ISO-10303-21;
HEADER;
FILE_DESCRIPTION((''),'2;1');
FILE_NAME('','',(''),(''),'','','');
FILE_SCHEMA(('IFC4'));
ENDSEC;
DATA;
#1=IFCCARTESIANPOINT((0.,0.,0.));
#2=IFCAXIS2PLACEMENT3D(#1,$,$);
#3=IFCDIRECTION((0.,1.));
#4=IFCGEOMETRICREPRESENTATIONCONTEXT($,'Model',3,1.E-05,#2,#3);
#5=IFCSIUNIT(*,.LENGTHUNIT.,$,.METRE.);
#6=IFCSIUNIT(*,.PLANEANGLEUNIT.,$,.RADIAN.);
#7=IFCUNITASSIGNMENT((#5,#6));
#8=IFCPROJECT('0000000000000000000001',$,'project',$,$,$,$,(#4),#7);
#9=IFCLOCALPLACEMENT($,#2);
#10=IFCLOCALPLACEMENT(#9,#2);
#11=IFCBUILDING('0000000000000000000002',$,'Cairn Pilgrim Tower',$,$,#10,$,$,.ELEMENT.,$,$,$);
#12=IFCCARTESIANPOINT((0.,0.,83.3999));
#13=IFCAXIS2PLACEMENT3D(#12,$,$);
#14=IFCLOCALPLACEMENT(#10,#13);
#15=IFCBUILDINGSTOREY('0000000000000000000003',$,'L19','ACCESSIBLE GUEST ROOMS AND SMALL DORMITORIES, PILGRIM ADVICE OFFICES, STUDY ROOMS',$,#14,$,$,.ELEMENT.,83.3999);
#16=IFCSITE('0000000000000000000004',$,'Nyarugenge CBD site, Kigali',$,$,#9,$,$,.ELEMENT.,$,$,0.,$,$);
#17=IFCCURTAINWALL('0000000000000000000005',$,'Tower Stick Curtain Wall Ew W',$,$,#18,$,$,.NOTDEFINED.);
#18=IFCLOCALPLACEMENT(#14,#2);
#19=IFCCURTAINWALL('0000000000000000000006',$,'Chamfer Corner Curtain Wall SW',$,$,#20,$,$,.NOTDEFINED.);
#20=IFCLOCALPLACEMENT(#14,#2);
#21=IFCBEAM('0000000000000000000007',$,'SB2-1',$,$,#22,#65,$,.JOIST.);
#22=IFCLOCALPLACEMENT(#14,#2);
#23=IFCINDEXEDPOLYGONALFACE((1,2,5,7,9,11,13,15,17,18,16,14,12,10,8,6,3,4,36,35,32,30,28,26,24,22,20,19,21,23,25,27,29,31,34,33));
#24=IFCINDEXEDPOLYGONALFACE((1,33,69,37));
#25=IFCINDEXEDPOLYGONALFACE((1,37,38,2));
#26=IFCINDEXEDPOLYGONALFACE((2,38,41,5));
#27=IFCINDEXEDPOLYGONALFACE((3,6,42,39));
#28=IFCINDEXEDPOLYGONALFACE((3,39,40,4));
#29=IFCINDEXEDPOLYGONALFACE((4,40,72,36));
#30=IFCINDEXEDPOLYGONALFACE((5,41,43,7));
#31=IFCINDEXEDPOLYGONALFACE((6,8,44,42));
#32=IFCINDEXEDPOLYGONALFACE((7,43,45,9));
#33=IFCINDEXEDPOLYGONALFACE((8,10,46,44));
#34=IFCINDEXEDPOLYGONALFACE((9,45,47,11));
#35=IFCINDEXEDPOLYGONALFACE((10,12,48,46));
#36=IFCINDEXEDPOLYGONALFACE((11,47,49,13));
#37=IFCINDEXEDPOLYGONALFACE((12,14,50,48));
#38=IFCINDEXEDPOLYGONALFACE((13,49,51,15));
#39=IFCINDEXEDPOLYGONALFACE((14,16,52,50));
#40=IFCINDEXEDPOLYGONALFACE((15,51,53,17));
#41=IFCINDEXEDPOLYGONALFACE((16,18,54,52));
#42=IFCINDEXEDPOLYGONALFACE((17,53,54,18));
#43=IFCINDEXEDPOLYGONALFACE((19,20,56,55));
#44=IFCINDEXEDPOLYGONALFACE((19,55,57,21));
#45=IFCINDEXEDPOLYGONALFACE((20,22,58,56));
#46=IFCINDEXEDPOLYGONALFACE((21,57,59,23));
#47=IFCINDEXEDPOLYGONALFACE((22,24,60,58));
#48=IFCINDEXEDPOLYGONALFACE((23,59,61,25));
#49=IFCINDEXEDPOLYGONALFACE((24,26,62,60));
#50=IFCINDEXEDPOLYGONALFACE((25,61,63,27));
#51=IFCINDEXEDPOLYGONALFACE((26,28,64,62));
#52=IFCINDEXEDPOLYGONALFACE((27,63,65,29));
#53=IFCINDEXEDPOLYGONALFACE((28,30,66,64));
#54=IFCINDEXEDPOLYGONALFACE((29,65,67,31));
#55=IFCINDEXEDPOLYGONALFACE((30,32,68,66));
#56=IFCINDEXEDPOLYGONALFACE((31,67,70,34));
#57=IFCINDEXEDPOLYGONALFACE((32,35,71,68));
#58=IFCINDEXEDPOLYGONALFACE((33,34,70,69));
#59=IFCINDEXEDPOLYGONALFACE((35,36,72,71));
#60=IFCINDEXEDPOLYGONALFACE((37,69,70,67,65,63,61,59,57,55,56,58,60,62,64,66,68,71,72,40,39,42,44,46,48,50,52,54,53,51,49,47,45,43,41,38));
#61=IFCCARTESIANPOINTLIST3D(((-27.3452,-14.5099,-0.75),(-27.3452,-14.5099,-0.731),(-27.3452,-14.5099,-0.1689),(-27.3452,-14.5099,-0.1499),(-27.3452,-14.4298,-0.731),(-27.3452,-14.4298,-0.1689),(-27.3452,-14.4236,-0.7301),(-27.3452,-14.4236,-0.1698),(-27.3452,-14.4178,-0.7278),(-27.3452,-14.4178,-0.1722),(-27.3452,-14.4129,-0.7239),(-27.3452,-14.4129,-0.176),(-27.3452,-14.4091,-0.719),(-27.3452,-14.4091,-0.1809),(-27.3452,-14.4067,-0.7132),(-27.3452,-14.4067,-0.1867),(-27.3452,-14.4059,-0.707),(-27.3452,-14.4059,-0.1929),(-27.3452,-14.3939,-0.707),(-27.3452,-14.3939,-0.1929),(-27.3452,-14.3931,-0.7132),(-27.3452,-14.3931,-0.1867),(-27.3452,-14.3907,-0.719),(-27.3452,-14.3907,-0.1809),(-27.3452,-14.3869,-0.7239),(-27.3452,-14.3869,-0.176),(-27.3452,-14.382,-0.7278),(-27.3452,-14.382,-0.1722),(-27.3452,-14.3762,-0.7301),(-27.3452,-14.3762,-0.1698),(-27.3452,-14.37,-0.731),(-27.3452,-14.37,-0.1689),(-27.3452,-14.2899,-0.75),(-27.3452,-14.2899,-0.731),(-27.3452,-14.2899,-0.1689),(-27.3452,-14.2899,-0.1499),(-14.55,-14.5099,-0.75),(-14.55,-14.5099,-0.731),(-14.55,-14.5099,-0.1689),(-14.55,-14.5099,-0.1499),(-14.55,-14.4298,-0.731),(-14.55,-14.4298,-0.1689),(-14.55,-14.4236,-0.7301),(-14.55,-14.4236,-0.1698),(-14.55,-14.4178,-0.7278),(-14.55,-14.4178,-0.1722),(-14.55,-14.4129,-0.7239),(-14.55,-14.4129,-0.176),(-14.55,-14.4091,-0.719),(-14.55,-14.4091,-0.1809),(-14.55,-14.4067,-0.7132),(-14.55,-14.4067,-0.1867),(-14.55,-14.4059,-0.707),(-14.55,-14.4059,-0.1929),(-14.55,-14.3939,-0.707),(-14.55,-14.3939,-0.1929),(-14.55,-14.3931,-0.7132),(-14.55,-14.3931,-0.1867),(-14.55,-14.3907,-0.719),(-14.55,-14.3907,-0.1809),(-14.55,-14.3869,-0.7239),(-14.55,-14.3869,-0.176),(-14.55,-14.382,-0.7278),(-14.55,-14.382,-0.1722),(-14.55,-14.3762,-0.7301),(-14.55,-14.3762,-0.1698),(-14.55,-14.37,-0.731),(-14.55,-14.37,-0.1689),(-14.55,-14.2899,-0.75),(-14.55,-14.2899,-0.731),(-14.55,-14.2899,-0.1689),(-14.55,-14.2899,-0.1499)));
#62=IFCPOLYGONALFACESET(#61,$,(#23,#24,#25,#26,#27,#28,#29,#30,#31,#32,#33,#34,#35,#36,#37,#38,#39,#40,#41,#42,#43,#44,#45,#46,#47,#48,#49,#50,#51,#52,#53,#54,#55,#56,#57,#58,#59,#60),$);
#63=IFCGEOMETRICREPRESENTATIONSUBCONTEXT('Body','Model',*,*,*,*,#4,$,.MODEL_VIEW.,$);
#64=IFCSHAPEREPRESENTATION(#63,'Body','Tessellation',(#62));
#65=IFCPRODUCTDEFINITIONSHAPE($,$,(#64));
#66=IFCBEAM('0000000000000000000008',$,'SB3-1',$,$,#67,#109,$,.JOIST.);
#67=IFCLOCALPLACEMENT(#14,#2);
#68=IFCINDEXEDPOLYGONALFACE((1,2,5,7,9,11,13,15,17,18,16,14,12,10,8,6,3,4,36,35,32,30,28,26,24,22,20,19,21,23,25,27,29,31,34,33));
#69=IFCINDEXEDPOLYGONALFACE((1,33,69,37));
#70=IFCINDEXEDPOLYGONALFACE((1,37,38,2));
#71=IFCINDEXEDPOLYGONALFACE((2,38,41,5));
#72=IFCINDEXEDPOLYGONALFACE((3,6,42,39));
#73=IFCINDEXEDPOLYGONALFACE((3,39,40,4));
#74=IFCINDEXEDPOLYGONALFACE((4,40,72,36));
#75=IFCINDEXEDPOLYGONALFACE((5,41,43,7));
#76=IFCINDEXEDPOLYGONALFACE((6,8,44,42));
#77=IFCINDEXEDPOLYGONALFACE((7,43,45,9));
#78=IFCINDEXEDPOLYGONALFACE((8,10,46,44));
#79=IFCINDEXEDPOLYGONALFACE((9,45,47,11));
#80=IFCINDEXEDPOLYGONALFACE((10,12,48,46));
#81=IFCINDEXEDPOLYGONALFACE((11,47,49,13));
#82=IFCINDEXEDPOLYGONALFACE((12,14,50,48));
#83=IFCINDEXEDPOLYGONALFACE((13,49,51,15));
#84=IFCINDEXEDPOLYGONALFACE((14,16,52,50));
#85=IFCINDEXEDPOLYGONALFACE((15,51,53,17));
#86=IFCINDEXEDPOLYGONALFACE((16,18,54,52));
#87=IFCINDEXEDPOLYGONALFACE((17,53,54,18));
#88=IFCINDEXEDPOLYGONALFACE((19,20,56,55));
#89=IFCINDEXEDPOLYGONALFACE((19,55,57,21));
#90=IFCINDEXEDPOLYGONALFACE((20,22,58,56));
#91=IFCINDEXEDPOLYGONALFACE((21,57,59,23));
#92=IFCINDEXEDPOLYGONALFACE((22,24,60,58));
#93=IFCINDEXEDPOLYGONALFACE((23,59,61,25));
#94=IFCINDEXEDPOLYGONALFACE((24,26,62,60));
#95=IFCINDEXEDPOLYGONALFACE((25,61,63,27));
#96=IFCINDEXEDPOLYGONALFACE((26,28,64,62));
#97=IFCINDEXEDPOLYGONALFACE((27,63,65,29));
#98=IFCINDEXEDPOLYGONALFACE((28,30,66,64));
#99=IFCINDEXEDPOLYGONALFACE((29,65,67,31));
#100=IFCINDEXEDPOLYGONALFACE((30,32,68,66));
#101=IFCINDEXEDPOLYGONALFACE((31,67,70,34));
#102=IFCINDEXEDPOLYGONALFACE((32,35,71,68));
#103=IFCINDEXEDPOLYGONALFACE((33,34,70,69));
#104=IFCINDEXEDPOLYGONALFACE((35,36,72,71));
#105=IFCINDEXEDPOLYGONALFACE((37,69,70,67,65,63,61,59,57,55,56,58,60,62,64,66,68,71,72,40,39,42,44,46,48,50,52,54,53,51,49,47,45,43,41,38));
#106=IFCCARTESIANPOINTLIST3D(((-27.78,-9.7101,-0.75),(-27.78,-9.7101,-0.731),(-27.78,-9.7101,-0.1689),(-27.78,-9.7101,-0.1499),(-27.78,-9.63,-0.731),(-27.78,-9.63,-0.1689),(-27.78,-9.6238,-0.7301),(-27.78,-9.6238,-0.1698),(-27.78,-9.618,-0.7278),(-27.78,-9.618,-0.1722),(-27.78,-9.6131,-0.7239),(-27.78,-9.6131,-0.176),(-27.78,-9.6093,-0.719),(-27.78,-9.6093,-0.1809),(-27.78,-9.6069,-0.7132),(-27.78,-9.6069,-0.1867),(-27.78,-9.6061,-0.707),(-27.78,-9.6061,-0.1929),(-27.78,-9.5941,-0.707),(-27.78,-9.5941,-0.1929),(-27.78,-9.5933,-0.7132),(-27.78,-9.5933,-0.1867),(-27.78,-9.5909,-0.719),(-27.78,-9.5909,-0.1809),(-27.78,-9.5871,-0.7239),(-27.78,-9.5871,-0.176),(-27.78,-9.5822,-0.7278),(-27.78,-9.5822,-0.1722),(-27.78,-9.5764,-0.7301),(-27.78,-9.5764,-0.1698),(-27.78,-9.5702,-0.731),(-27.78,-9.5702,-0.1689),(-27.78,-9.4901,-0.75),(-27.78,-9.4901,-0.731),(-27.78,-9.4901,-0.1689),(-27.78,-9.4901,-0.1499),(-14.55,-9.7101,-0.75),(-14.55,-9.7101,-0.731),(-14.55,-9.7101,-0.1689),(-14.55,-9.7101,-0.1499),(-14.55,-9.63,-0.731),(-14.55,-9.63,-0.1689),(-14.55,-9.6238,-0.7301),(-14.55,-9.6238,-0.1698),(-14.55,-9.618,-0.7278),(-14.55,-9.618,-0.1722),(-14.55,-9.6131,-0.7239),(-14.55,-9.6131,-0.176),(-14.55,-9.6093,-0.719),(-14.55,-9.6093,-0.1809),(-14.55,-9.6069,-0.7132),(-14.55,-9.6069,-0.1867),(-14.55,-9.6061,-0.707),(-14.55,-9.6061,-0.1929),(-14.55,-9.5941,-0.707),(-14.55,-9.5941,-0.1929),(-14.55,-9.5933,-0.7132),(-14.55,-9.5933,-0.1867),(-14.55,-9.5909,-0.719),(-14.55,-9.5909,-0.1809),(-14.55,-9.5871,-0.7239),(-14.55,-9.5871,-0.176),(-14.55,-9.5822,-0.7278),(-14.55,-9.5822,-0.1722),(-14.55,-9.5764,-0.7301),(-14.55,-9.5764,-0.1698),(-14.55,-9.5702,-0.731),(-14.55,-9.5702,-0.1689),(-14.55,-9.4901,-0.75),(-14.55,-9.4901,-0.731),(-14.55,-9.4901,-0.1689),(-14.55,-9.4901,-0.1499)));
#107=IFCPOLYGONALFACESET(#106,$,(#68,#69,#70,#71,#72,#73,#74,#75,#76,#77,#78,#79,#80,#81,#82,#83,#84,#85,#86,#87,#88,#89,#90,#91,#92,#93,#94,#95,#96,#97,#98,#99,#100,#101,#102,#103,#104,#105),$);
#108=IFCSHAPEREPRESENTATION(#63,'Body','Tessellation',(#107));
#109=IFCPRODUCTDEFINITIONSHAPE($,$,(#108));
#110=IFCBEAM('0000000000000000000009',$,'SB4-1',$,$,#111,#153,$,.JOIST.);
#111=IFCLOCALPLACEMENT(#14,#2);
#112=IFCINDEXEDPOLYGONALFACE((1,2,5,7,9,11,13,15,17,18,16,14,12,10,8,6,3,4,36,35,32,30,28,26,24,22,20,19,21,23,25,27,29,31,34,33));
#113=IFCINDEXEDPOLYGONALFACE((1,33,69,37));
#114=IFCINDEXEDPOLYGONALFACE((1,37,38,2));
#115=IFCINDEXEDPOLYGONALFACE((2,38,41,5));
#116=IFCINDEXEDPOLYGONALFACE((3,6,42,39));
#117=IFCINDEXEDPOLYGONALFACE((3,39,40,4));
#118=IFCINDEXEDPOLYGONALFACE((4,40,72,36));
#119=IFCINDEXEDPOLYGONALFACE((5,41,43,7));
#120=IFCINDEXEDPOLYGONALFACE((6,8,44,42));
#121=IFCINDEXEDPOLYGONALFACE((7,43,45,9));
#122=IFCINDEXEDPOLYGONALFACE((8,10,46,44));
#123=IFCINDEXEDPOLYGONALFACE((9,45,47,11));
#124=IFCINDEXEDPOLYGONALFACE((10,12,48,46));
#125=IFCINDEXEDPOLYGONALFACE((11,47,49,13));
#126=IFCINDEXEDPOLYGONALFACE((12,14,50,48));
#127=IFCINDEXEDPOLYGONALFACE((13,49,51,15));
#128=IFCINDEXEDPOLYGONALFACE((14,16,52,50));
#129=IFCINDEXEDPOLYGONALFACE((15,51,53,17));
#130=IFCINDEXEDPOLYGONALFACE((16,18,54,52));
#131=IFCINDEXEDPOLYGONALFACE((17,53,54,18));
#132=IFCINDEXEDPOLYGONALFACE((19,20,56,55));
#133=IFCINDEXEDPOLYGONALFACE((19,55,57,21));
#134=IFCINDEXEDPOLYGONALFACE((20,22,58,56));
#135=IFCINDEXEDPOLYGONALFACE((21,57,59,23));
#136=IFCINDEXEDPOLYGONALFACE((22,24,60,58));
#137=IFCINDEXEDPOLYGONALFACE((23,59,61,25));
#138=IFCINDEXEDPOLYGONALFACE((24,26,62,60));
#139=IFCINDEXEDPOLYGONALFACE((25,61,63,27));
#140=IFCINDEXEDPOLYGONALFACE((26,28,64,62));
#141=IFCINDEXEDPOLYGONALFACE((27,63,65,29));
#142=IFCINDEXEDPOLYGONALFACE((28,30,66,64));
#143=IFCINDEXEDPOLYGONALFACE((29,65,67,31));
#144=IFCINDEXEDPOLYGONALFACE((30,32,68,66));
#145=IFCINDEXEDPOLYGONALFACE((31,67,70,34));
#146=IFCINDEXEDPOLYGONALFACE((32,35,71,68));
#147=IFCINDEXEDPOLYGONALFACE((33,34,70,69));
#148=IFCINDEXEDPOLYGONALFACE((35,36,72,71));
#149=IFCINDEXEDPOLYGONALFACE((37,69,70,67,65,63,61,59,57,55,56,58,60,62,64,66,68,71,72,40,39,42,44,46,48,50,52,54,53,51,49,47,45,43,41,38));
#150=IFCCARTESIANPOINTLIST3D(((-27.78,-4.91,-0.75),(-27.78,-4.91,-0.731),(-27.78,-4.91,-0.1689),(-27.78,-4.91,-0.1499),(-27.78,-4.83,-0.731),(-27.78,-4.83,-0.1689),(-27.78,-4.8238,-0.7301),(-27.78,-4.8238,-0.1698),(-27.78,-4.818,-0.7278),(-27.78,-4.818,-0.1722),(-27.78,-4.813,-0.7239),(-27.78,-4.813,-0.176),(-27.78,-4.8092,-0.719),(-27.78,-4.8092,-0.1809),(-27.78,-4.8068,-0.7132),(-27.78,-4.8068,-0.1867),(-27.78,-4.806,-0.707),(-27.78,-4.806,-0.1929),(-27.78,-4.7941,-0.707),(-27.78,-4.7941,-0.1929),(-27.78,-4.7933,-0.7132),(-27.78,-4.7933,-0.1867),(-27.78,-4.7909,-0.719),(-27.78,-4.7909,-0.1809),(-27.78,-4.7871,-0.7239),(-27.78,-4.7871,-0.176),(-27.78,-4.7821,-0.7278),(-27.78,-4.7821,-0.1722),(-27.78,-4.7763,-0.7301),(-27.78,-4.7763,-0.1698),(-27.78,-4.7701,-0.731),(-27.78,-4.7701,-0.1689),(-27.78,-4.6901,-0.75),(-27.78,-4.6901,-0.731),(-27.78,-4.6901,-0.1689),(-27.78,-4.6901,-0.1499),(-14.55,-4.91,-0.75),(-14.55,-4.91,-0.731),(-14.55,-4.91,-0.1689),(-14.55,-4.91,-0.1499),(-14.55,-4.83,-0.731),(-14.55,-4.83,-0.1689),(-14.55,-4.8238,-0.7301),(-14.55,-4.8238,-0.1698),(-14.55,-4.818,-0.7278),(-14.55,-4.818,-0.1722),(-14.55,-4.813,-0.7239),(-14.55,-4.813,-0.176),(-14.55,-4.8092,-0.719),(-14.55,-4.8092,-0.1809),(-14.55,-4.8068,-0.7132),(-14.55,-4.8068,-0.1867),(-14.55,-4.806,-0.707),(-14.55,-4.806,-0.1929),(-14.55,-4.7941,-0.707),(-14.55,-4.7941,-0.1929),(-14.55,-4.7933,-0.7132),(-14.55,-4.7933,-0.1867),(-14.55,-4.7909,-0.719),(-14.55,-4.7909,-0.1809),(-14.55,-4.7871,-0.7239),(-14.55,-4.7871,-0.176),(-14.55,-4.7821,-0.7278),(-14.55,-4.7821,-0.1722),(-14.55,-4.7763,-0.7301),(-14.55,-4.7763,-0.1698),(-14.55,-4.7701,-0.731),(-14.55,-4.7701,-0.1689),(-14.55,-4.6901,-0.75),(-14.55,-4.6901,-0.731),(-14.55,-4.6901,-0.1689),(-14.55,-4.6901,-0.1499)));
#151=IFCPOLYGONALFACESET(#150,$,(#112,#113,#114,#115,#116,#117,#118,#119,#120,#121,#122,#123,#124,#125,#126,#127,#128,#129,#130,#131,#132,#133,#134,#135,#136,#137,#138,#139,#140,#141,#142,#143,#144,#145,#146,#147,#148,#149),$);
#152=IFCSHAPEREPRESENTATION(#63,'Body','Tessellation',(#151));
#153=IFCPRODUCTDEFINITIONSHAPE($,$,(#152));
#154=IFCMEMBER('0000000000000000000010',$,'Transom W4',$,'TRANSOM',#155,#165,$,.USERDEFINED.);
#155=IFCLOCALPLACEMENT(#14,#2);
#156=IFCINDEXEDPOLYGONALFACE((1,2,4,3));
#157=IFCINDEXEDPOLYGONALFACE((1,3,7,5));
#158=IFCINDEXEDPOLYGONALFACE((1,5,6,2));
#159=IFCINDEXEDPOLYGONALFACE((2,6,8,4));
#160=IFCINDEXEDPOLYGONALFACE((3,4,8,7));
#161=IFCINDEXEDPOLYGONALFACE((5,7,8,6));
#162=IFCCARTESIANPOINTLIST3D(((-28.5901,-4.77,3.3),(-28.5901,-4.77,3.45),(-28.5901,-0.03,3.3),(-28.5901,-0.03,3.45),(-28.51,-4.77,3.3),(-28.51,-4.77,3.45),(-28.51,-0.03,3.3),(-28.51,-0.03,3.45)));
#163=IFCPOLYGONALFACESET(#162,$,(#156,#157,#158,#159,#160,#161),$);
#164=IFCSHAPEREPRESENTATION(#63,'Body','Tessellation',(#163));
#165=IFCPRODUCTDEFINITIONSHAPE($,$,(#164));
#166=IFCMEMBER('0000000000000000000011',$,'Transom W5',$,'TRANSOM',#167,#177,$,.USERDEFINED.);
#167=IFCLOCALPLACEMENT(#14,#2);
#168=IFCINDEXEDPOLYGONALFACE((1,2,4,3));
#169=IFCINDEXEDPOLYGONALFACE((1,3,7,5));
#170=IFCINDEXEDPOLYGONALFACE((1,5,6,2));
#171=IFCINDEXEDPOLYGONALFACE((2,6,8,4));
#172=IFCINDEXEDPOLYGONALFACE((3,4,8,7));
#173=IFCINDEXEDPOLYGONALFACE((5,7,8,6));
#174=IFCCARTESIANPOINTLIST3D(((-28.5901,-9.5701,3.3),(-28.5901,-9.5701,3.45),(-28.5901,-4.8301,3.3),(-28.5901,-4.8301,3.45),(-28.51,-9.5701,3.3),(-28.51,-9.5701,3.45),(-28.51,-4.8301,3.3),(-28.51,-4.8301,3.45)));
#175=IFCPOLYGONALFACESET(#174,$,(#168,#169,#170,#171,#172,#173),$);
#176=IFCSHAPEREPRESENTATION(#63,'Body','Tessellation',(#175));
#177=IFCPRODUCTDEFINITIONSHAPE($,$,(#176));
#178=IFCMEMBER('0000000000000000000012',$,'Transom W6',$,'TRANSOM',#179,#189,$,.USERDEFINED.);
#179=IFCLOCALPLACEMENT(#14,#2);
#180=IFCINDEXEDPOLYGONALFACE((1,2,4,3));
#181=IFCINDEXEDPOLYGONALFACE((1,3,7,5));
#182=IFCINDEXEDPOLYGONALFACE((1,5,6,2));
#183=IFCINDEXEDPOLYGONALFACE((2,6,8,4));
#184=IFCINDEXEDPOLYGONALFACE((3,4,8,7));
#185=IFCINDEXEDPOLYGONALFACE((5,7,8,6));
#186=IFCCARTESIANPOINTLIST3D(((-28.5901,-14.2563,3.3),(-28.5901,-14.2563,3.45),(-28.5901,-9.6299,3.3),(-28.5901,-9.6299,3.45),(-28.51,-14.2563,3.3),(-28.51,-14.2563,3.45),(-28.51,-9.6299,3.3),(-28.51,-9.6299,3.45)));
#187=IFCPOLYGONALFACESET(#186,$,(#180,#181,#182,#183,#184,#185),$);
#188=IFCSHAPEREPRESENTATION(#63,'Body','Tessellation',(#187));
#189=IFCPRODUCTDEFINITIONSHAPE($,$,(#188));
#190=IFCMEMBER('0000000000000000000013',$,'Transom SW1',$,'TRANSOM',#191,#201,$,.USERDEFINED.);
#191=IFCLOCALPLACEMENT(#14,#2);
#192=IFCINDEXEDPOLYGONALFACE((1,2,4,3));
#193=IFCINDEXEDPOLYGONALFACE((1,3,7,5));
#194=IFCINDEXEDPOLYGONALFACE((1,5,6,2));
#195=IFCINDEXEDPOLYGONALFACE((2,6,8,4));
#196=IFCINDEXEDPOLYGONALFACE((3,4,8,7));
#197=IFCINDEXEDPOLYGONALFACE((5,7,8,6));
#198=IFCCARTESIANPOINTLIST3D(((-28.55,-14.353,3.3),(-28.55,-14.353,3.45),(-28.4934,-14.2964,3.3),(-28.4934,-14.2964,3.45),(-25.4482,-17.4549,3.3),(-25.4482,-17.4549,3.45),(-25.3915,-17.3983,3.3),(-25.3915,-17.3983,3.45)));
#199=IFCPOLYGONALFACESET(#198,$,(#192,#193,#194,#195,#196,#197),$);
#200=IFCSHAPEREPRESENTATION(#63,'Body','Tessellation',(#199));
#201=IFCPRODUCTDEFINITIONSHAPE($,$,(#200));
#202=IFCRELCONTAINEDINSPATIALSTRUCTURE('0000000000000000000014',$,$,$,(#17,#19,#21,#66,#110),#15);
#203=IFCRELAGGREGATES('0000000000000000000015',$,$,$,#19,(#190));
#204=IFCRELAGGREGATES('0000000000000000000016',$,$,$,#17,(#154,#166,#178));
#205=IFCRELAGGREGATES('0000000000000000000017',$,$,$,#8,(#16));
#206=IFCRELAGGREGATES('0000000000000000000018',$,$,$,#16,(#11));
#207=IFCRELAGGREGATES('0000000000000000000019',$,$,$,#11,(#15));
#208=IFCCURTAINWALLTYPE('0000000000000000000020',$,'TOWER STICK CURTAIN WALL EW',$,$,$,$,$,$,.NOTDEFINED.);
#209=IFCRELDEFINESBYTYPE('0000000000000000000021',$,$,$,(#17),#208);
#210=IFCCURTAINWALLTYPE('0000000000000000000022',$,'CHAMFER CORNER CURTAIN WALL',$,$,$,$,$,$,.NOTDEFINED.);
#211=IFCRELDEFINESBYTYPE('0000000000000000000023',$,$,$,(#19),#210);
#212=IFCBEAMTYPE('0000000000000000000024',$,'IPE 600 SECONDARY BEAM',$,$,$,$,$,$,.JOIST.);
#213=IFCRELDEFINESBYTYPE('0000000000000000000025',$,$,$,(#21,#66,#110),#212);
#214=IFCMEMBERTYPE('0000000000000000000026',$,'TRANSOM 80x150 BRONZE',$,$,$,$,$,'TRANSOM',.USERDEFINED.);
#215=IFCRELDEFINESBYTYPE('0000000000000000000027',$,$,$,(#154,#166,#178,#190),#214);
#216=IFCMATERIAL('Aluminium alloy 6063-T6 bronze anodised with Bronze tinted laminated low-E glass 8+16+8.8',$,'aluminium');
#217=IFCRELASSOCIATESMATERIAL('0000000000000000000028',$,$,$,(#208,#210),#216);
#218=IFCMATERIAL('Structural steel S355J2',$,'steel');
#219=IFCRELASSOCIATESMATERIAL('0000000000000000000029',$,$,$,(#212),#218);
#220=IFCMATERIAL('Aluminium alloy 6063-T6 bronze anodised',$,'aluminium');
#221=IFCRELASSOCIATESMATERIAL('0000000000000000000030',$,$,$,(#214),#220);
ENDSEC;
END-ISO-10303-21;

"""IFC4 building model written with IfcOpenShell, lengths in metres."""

from ifc_helpers import new_model, si_unit, direction, frame, origin, origin_2d, place, context, subcontext, project, spatial, rectangle, i_section, extrude, material, material_profile, profile_set, type_object, element, aggregate, save


model = new_model("IFC4")

# Units and contexts
model_context = context("Model", 3, precision=1e-05, world=origin(), true_north=direction((0.0, 1.0)))
body_context = subcontext(model_context, "Body", "Model", "MODEL_VIEW")
ifc_project = project(units=[si_unit("LENGTHUNIT", "METRE"), si_unit("PLANEANGLEUNIT", "RADIAN")], contexts=[model_context])

# Site, building, storey
site_placement = place(None, origin())
site = spatial("IfcSite", under=ifc_project, at=site_placement, Name="Nyarugenge CBD site, Kigali", CompositionType="ELEMENT", RefElevation=0.0)
building_placement = place(site_placement, origin())
building = spatial("IfcBuilding", under=site, at=building_placement, Name="Cairn Pilgrim Tower", CompositionType="ELEMENT")
storey_placement = place(building_placement, frame((0.0, 0.0, 83.3999)))
storey = spatial("IfcBuildingStorey", under=building, at=storey_placement, Name="L19", Description="ACCESSIBLE GUEST ROOMS AND SMALL DORMITORIES, PILGRIM ADVICE OFFICES, STUDY ROOMS", CompositionType="ELEMENT", Elevation=83.3999)

# Curtain wall
ifc_material_1 = material(Name="Aluminium alloy 6063-T6 bronze anodised with Bronze tinted laminated low-E glass 8+16+8.8", Category="aluminium")
curtain_wall_type_1 = type_object("IfcCurtainWallType", Name="TOWER STICK CURTAIN WALL EW", PredefinedType="NOTDEFINED", material=ifc_material_1)
curtain_wall_1_placement = place(storey_placement, origin())
curtain_wall_1 = element("IfcCurtainWall", 1, at=curtain_wall_1_placement, inside=storey, type_object=curtain_wall_type_1, Name="Tower Stick Curtain Wall Ew W", PredefinedType="NOTDEFINED")
ifc_material_2 = material(Name="Aluminium alloy 6063-T6 bronze anodised", Category="aluminium")

# Curtain wall
curtain_wall_type_2 = type_object("IfcCurtainWallType", Name="CHAMFER CORNER CURTAIN WALL", PredefinedType="NOTDEFINED", material=ifc_material_1)
curtain_wall_2_placement = place(storey_placement, origin())
curtain_wall_2 = element("IfcCurtainWall", 2, at=curtain_wall_2_placement, inside=storey, type_object=curtain_wall_type_2, Name="Chamfer Corner Curtain Wall SW", PredefinedType="NOTDEFINED")

# Beams
ifc_material_3 = material(Name="Structural steel S355J2", Category="steel")
ifc_material_profile_1 = material_profile(ifc_material_3, i_section(OverallWidth=0.22, OverallDepth=0.6001, WebThickness=0.012, FlangeThickness=0.019, FilletRadius=0.0239, at=origin_2d()), Name="IPE 600")
ifc_profile_set_1 = profile_set([ifc_material_profile_1], Name="Structural steel S355J2")
beam_type_1 = type_object("IfcBeamType", Name="IPE 600 SECONDARY BEAM", PredefinedType="JOIST", material=ifc_profile_set_1)
beam_1_placement = place(storey_placement, frame((-27.3452, -14.3999, -0.45), z_axis=(1.0, 0.0, 0.0), x_axis=(0.0, 1.0, 0.0)))
element("IfcBeam", 3, at=beam_1_placement, inside=storey, type_object=beam_type_1, Name="SB2-1", PredefinedType="JOIST", context=body_context, shape_type="SweptSolid", body=[
    extrude(i_section(OverallWidth=0.22, OverallDepth=0.6001, WebThickness=0.012, FlangeThickness=0.019, FilletRadius=0.0239, at=origin_2d()), origin(), (0.0, 0.0, 1.0), 12.7952),
])
for number, where, z_axis, x_axis, name in (
    (4, (-27.78, -9.6001, -0.45), (1.0, 0.0, 0.0), (0.0, 1.0, 0.0), "SB3-1"),
    (5, (-27.78, -4.8, -0.45), (1.0, 0.0, 0.0), (0.0, 1.0, 0.0), "SB4-1"),
):
    element("IfcBeam", number, at=place(storey_placement, frame(where, z_axis=z_axis, x_axis=x_axis)), inside=storey, type_object=beam_type_1, Name=name, PredefinedType="JOIST", context=body_context, shape_type="SweptSolid", body=[
        extrude(i_section(OverallWidth=0.22, OverallDepth=0.6001, WebThickness=0.012, FlangeThickness=0.019, FilletRadius=0.0239, at=origin_2d()), origin(), (0.0, 0.0, 1.0), 13.23),
    ])

# Members
ifc_material_profile_2 = material_profile(ifc_material_2, rectangle(XDim=0.0801, YDim=0.1499, at=origin_2d()), Name="TRANSOM 80x150 BRONZE")
ifc_profile_set_2 = profile_set([ifc_material_profile_2], Name="Aluminium alloy 6063-T6 bronze anodised")
member_type_1 = type_object("IfcMemberType", Name="TRANSOM 80x150 BRONZE", ElementType="TRANSOM", PredefinedType="USERDEFINED", material=ifc_profile_set_2)
member_1_placement = place(storey_placement, frame((-28.55, -0.03, 3.375), z_axis=(0.0, -1.0, 0.0), x_axis=(1.0, 0.0, 0.0)))
member_1 = element("IfcMember", 6, at=member_1_placement, type_object=member_type_1, Name="Transom W4", ObjectType="TRANSOM", PredefinedType="USERDEFINED", context=body_context, shape_type="SweptSolid", body=[
    extrude(rectangle(XDim=0.0801, YDim=0.1499, at=origin_2d()), origin(), (0.0, 0.0, 1.0), 4.74),
])
member_2_placement = place(storey_placement, frame((-28.55, -4.8301, 3.375), z_axis=(0.0, -1.0, 0.0), x_axis=(1.0, 0.0, 0.0)))
member_2 = element("IfcMember", 7, at=member_2_placement, type_object=member_type_1, Name="Transom W5", ObjectType="TRANSOM", PredefinedType="USERDEFINED", context=body_context, shape_type="SweptSolid", body=[
    extrude(rectangle(XDim=0.0801, YDim=0.1499, at=origin_2d()), origin(), (0.0, 0.0, 1.0), 4.74),
])
member_3_placement = place(storey_placement, frame((-28.55, -9.6299, 3.375), z_axis=(0.0, -1.0, 0.0), x_axis=(1.0, 0.0, 0.0)))
member_3 = element("IfcMember", 8, at=member_3_placement, type_object=member_type_1, Name="Transom W6", ObjectType="TRANSOM", PredefinedType="USERDEFINED", context=body_context, shape_type="SweptSolid", body=[
    extrude(rectangle(XDim=0.0801, YDim=0.1499, at=origin_2d()), origin(), (0.0, 0.0, 1.0), 4.6265),
])
member_4_placement = place(storey_placement, frame((-28.5217, -14.3247, 3.375), z_axis=(0.707107, -0.707107, 0.0), x_axis=(0.707107, 0.707107, 0.0)))
member_4 = element("IfcMember", 9, at=member_4_placement, type_object=member_type_1, Name="Transom SW1", ObjectType="TRANSOM", PredefinedType="USERDEFINED", context=body_context, shape_type="SweptSolid", body=[
    extrude(rectangle(XDim=0.0801, YDim=0.1499, at=origin_2d()), origin(), (0.0, 0.0, 1.0), 4.3867),
])
aggregate(curtain_wall_2, [member_4])

aggregate(curtain_wall_1, [member_1, member_2, member_3])

save(model, "model.ifc")
